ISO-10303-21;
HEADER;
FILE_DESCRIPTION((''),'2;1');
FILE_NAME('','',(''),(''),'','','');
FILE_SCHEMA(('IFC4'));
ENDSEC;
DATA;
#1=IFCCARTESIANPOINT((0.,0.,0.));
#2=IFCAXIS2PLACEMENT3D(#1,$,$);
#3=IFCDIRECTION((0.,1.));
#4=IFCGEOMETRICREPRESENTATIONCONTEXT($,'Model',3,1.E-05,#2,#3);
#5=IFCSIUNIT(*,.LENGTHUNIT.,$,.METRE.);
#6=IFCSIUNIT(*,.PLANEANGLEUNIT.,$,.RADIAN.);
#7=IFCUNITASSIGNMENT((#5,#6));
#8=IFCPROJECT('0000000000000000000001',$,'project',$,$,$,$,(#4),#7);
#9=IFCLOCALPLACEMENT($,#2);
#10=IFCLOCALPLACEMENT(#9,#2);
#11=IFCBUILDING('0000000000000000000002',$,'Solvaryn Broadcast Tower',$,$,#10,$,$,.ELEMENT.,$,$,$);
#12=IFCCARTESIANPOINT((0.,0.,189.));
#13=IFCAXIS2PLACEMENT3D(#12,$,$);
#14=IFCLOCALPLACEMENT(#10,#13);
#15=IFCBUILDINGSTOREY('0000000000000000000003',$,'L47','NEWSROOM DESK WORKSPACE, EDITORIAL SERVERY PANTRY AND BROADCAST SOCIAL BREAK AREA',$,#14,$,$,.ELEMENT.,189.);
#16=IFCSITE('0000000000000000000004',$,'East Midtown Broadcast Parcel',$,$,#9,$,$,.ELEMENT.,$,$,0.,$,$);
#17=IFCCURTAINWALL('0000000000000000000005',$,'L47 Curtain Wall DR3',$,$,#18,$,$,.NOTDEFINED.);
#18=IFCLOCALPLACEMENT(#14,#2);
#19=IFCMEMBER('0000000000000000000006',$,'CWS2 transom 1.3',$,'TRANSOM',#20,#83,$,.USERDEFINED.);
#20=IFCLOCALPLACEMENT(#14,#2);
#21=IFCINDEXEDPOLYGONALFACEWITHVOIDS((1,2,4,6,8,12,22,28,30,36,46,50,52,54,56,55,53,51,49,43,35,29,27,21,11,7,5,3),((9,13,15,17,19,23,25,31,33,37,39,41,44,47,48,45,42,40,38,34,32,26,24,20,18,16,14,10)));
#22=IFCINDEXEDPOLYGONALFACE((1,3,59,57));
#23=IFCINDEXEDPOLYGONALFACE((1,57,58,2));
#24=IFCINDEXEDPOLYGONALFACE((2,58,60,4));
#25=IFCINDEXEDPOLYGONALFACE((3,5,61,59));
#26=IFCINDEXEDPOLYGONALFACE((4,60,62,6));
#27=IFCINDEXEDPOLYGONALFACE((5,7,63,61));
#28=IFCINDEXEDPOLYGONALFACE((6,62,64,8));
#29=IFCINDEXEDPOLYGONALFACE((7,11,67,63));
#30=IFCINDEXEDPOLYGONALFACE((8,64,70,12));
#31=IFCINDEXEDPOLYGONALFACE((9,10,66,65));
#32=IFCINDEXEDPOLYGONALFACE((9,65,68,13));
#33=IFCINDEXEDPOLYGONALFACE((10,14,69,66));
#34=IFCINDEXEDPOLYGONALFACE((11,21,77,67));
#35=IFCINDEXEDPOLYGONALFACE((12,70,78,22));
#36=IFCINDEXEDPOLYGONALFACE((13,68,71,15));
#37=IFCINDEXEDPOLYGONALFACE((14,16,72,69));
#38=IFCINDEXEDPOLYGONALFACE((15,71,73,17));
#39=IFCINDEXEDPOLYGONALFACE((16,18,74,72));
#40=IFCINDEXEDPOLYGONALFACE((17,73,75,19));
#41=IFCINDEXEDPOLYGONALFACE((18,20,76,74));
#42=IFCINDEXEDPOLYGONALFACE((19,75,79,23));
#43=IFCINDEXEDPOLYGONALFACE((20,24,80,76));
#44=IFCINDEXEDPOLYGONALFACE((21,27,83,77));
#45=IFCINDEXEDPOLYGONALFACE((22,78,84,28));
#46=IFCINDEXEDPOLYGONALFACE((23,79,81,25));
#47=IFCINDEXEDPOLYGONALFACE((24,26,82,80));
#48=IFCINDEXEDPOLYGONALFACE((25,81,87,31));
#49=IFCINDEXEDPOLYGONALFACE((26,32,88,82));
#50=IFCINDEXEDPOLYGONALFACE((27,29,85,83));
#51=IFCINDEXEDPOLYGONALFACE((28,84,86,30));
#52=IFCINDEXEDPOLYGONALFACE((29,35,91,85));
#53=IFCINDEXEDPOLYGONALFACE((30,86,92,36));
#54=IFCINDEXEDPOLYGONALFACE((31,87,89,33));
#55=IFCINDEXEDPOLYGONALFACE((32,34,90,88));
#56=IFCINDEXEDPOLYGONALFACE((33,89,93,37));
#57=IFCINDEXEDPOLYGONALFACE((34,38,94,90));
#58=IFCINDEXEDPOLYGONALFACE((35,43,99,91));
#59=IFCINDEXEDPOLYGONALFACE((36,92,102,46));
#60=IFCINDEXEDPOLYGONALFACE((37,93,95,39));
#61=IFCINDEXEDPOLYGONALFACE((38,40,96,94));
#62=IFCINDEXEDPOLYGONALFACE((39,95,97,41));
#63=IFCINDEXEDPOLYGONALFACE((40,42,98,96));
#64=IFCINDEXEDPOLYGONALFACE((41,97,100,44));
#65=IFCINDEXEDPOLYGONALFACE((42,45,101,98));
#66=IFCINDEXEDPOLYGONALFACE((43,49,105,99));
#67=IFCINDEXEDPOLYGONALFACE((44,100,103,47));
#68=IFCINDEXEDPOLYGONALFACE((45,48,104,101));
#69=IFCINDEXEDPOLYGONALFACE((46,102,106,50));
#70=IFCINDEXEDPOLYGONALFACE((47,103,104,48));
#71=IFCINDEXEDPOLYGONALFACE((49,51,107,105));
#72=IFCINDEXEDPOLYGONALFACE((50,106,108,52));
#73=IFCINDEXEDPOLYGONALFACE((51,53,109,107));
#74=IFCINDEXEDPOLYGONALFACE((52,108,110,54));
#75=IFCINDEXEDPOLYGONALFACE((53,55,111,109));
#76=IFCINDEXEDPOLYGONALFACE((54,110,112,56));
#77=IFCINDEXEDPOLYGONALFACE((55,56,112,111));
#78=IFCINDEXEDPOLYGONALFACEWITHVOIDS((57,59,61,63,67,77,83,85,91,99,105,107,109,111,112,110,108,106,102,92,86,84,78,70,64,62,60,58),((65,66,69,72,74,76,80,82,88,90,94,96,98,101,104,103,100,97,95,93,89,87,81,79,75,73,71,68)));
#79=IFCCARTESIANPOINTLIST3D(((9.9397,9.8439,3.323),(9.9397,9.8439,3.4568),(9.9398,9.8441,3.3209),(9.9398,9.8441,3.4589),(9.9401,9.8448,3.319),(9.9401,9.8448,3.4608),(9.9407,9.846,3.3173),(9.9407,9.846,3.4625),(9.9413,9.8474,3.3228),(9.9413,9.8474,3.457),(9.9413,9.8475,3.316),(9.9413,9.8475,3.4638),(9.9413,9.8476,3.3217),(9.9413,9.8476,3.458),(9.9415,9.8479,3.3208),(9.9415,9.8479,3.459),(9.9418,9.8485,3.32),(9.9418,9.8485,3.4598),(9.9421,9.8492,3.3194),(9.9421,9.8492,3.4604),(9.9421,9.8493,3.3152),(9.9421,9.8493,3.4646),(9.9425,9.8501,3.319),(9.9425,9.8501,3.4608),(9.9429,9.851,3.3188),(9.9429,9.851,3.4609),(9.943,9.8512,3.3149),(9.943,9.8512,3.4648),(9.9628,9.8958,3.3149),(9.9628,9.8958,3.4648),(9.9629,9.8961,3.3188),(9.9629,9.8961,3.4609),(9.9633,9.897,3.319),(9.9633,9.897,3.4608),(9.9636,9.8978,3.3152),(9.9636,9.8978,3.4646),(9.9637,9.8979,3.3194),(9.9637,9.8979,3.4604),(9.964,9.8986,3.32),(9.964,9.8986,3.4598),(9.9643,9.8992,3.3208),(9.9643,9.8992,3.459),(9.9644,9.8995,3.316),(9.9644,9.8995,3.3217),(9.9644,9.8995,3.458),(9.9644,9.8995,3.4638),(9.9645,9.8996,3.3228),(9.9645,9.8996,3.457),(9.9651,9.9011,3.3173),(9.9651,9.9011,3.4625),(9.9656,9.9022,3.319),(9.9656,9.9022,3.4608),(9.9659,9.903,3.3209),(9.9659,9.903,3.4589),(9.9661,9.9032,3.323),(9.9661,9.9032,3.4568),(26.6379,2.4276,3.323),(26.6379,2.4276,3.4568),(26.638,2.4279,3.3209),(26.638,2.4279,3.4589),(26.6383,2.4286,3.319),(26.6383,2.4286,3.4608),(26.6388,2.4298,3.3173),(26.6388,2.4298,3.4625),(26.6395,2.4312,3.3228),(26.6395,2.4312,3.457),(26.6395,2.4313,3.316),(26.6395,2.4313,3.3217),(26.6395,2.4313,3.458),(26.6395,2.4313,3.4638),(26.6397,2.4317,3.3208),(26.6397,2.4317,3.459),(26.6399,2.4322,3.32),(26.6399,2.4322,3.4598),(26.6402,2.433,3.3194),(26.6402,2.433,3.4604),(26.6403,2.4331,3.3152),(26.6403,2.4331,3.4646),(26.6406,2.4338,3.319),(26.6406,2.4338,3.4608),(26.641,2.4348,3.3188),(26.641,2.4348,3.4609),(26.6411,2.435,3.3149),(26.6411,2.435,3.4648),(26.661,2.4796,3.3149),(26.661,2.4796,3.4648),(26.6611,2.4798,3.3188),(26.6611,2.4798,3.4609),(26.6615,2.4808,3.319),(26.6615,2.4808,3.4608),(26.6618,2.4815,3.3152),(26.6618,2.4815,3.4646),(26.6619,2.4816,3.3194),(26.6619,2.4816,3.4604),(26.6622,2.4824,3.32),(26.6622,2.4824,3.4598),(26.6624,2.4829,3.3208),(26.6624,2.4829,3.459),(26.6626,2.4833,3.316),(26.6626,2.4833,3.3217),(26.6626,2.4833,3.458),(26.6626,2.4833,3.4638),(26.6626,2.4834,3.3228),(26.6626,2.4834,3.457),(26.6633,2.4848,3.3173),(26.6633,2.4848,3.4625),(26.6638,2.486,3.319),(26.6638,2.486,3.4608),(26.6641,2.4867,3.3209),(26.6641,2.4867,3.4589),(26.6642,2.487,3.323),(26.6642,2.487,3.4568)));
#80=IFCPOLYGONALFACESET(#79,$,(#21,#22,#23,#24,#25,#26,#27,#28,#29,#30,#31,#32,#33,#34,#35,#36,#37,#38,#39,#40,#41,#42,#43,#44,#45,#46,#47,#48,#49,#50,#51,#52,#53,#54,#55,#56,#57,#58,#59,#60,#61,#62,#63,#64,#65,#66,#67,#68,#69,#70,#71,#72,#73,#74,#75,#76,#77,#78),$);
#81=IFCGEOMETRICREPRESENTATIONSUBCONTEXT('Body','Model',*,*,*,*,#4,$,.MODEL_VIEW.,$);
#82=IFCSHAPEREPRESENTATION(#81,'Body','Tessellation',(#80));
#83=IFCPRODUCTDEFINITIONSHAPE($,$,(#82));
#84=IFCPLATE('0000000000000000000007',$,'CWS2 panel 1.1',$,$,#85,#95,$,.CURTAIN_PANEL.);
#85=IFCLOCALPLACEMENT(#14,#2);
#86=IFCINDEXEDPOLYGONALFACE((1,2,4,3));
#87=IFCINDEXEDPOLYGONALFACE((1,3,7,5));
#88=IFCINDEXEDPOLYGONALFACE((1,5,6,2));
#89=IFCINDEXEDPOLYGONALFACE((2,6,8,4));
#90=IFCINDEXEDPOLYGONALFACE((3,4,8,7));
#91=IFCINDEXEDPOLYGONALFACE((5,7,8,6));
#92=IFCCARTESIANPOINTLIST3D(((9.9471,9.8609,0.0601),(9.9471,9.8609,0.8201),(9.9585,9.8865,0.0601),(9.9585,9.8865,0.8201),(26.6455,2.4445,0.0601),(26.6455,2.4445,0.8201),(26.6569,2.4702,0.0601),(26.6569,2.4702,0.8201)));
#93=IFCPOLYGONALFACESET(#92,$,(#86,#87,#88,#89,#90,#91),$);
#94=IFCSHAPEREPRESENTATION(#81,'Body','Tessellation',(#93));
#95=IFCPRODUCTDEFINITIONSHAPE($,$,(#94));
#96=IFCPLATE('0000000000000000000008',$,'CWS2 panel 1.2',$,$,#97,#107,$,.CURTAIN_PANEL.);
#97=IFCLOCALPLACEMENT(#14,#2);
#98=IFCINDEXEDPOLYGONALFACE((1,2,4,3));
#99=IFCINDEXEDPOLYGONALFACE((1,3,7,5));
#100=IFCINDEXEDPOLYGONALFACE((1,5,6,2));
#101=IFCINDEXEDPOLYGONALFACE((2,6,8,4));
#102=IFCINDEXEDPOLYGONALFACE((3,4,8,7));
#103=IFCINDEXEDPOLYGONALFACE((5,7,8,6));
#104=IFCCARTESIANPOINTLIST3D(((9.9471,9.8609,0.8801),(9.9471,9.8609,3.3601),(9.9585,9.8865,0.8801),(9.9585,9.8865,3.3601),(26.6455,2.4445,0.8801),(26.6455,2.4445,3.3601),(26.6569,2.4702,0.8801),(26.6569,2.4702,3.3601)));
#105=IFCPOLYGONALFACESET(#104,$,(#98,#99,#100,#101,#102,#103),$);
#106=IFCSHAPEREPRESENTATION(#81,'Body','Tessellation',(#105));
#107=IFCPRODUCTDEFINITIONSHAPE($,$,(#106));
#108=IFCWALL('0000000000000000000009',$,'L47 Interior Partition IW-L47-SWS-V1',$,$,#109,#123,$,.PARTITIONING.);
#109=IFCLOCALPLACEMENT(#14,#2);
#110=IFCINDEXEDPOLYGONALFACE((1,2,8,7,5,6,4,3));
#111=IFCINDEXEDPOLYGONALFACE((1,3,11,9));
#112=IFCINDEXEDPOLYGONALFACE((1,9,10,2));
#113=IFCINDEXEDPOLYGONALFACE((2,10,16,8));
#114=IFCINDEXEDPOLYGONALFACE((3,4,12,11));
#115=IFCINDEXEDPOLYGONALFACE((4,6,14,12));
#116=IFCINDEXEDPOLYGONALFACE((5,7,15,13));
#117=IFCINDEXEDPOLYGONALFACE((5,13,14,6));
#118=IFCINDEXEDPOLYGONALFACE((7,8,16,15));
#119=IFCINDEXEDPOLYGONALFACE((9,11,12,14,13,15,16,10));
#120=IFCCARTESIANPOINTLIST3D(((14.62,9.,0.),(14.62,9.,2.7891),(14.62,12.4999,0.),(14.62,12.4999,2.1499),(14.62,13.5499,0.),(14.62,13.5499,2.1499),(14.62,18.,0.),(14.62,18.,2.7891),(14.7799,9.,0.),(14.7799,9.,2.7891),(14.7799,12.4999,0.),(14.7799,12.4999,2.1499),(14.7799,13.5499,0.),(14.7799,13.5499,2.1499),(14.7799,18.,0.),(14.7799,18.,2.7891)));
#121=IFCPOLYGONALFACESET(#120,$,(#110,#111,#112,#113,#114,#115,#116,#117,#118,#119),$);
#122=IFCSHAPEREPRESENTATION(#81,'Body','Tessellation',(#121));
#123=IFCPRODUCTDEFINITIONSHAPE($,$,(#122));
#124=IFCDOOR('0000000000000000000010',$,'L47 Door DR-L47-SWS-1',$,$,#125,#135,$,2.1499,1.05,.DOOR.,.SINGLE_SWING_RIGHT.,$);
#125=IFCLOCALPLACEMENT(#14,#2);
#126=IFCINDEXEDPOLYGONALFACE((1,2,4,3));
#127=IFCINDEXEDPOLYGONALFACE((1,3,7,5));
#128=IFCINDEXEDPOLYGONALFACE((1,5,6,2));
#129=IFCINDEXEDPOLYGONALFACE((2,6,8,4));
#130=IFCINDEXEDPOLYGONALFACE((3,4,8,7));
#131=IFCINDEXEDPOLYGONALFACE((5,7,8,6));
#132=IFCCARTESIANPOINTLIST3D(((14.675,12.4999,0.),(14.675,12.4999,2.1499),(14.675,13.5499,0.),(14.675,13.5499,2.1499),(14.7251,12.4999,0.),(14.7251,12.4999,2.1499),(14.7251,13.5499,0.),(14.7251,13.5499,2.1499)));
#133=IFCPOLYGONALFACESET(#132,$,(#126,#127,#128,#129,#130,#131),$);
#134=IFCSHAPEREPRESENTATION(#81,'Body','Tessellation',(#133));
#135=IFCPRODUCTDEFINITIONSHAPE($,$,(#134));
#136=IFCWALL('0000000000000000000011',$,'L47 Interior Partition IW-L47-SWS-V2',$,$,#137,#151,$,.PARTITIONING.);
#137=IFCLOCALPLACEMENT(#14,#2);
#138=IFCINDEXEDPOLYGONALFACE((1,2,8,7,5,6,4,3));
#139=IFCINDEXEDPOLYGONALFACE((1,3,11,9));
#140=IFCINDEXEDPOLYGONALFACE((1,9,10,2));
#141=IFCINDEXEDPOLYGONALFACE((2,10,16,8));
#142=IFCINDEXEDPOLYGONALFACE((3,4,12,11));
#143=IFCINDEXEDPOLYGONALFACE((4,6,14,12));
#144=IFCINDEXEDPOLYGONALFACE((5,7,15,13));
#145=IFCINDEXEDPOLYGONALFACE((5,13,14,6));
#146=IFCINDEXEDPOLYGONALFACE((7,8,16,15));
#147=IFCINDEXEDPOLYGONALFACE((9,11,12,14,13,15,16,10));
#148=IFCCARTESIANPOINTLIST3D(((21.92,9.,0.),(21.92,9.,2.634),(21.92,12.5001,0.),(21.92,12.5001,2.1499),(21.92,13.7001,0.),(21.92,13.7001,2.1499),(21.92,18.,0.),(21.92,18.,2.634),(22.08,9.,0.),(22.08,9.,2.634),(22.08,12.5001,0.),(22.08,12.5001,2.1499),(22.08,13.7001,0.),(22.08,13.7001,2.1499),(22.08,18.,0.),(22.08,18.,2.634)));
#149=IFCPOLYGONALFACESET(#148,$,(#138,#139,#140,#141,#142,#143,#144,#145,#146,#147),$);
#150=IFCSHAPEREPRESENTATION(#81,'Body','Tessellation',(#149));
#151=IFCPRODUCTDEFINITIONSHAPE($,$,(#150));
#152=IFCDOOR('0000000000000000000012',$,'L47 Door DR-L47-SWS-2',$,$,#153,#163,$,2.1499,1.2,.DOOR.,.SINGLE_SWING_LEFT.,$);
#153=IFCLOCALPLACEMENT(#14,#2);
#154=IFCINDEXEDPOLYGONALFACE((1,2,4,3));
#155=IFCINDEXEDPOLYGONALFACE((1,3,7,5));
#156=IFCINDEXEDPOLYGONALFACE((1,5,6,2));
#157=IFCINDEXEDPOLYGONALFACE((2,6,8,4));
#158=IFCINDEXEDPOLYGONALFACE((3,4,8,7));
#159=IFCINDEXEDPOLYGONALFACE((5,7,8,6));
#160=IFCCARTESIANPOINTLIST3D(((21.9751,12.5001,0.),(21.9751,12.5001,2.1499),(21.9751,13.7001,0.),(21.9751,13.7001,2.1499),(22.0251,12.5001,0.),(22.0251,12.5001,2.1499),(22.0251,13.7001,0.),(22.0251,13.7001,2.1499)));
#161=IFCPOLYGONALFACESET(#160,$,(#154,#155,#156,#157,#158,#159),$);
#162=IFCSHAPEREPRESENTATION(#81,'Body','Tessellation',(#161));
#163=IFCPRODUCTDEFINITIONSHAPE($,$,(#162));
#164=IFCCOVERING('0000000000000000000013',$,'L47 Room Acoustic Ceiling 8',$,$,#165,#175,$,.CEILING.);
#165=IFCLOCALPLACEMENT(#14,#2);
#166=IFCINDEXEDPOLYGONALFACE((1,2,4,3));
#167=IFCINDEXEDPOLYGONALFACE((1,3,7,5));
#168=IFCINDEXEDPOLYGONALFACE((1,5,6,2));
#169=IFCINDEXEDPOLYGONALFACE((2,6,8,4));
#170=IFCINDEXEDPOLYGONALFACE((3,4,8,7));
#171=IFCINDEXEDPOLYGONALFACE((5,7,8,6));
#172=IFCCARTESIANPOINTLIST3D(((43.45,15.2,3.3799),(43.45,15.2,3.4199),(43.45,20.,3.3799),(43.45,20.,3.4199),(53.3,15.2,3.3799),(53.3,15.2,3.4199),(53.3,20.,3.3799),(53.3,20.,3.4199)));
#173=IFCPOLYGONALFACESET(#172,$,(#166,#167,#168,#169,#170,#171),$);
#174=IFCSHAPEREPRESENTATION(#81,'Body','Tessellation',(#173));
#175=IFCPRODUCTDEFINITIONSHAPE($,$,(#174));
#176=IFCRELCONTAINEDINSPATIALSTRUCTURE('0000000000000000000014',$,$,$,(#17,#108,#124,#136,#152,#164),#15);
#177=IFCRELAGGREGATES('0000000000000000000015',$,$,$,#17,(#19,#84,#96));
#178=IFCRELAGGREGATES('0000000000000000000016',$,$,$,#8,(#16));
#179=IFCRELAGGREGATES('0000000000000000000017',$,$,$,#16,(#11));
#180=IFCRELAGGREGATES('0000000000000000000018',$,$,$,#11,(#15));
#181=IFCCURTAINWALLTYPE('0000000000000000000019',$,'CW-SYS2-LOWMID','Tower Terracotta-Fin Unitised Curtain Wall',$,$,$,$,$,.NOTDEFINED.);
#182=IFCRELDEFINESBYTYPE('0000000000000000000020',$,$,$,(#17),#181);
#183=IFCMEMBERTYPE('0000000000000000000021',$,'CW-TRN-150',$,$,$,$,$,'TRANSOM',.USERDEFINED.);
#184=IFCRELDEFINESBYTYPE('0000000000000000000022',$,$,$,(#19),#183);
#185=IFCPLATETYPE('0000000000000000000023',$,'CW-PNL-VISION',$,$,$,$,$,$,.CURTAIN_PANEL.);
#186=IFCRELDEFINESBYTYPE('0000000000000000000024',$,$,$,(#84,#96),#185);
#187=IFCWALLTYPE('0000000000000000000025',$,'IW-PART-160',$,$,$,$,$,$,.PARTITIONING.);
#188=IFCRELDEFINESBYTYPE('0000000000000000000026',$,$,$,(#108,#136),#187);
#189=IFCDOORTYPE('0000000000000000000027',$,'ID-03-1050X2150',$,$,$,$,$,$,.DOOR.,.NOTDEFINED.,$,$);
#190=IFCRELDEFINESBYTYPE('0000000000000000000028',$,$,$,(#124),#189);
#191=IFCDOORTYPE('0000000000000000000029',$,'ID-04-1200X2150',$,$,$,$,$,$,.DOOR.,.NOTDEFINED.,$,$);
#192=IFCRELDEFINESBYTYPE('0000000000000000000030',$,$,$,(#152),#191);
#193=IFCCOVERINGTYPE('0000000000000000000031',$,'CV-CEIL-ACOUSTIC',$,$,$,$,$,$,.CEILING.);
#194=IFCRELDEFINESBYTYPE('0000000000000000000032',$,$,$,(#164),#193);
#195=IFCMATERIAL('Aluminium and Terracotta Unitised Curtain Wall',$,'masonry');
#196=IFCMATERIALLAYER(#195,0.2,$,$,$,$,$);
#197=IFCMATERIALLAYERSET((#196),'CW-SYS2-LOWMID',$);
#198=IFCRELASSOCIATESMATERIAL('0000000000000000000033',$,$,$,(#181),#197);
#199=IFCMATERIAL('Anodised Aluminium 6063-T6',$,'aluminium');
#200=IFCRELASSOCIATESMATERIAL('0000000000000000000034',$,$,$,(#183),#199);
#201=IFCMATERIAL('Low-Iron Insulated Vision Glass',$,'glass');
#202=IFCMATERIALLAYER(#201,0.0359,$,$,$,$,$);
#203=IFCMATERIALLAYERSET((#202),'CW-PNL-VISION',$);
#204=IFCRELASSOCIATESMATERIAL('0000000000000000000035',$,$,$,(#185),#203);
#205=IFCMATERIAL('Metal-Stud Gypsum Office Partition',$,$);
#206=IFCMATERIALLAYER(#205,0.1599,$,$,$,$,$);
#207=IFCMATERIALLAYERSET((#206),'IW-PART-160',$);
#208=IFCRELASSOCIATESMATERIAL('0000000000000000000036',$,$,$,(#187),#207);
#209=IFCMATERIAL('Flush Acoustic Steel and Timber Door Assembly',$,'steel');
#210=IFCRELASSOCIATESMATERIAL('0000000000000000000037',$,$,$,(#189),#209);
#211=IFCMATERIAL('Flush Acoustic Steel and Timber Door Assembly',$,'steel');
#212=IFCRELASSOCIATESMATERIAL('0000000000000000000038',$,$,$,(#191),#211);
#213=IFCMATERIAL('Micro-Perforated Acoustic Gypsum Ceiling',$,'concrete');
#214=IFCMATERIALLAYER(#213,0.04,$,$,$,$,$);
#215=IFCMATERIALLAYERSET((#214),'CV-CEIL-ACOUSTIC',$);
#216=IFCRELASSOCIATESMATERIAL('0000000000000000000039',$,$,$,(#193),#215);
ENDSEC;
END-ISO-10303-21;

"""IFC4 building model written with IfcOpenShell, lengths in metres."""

from ifc_helpers import new_model, si_unit, direction, frame, frame_2d, origin, origin_2d, place, context, subcontext, project, spatial, polyline, rectangle, hollow_rectangle, outline, extrude, material, layer, layer_set, material_profile, profile_set, type_object, element, fill, aggregate, save


model = new_model("IFC4")

# Units and contexts
model_context = context("Model", 3, precision=1e-05, world=origin(), true_north=direction((0.0, 1.0)))
body_context = subcontext(model_context, "Body", "Model", "MODEL_VIEW")
ifc_project = project(units=[si_unit("LENGTHUNIT", "METRE"), si_unit("PLANEANGLEUNIT", "RADIAN")], contexts=[model_context])

# Site, building, storey
site_placement = place(None, origin())
site = spatial("IfcSite", under=ifc_project, at=site_placement, Name="East Midtown Broadcast Parcel", CompositionType="ELEMENT", RefElevation=0.0)
building_placement = place(site_placement, origin())
building = spatial("IfcBuilding", under=site, at=building_placement, Name="Solvaryn Broadcast Tower", CompositionType="ELEMENT")
storey_placement = place(building_placement, frame((0.0, 0.0, 189.0)))
storey = spatial("IfcBuildingStorey", under=building, at=storey_placement, Name="L47", Description="NEWSROOM DESK WORKSPACE, EDITORIAL SERVERY PANTRY AND BROADCAST SOCIAL BREAK AREA", CompositionType="ELEMENT", Elevation=189.0)

# Shared definitions
ifc_material_1 = material(Name="Aluminium and Terracotta Unitised Curtain Wall", Category="masonry")
ifc_layer_1 = layer(ifc_material_1, 0.2)
ifc_layer_set_1 = layer_set([ifc_layer_1], Name="CW-SYS2-LOWMID")
curtain_wall_type = type_object("IfcCurtainWallType", Name="CW-SYS2-LOWMID", Description="Tower Terracotta-Fin Unitised Curtain Wall", PredefinedType="NOTDEFINED", material=ifc_layer_set_1)

# Curtain wall, member, plates
curtain_wall_1_placement = place(storey_placement, origin())
curtain_wall_1 = element("IfcCurtainWall", 1, at=curtain_wall_1_placement, inside=storey, type_object=curtain_wall_type, Name="L47 Curtain Wall DR3", PredefinedType="NOTDEFINED")
ifc_material_2 = material(Name="Anodised Aluminium 6063-T6", Category="aluminium")
ifc_material_profile_1 = material_profile(ifc_material_2, hollow_rectangle(XDim=0.0649, YDim=0.1499, WallThickness=0.0039, InnerFilletRadius=0.0039, OuterFilletRadius=0.0081, at=origin_2d()))
ifc_profile_set_1 = profile_set([ifc_material_profile_1], Name="Anodised Aluminium 6063-T6")
member_type_1 = type_object("IfcMemberType", Name="CW-TRN-150", ElementType="TRANSOM", PredefinedType="USERDEFINED", material=ifc_profile_set_1)
member_1_placement = place(storey_placement, frame((9.9529, 9.8735, 3.3899), z_axis=(0.913917, -0.405902, 0.0), x_axis=(0.405902, 0.913917, 0.0)))
member_1 = element("IfcMember", 2, at=member_1_placement, type_object=member_type_1, Name="CWS2 transom 1.3", ObjectType="TRANSOM", PredefinedType="USERDEFINED", context=body_context, shape_type="SweptSolid", body=[
    extrude(hollow_rectangle(XDim=0.0649, YDim=0.1499, WallThickness=0.0039, InnerFilletRadius=0.0039, OuterFilletRadius=0.0081, at=origin_2d()), origin(), (0.0, 0.0, 1.0), 18.271),
])
ifc_material_3 = material(Name="Low-Iron Insulated Vision Glass", Category="glass")
ifc_layer_2 = layer(ifc_material_3, 0.0359)
ifc_layer_set_2 = layer_set([ifc_layer_2], Name="CW-PNL-VISION")
plate_type = type_object("IfcPlateType", Name="CW-PNL-VISION", PredefinedType="CURTAIN_PANEL", material=ifc_layer_set_2)
plate_1_placement = place(storey_placement, frame((18.302, 6.1655, 0.0601), z_axis=(0.0, 0.0, 1.0), x_axis=(0.913917, -0.405901, 0.0)))
plate_1 = element("IfcPlate", 3, at=plate_1_placement, type_object=plate_type, Name="CWS2 panel 1.1", PredefinedType="CURTAIN_PANEL", context=body_context, shape_type="SweptSolid", body=[
    extrude(rectangle(XDim=18.2712, YDim=0.0281, at=origin_2d()), origin(), (0.0, 0.0, 1.0), 0.76),
])
plate_2_placement = place(storey_placement, frame((18.302, 6.1655, 0.8801), z_axis=(0.0, 0.0, 1.0), x_axis=(0.913917, -0.405901, 0.0)))
plate_2 = element("IfcPlate", 4, at=plate_2_placement, type_object=plate_type, Name="CWS2 panel 1.2", PredefinedType="CURTAIN_PANEL", context=body_context, shape_type="SweptSolid", body=[
    extrude(rectangle(XDim=18.2712, YDim=0.0281, at=origin_2d()), origin(), (0.0, 0.0, 1.0), 2.48),
])
aggregate(curtain_wall_1, [member_1, plate_1, plate_2])

# Walls, openings, doors
ifc_material_4 = material(Name="Metal-Stud Gypsum Office Partition")
ifc_layer_3 = layer(ifc_material_4, 0.1599)
ifc_layer_set_3 = layer_set([ifc_layer_3], Name="IW-PART-160")
wall_type = type_object("IfcWallType", Name="IW-PART-160", PredefinedType="PARTITIONING", material=ifc_layer_set_3)
wall_1_placement = place(storey_placement, frame((14.7, 9.0, 0.0), z_axis=(0.0, 0.0, 1.0), x_axis=(0.0, 1.0, 0.0)))
wall_1 = element("IfcWall", 5, at=wall_1_placement, inside=storey, type_object=wall_type, Name="L47 Interior Partition IW-L47-SWS-V1", PredefinedType="PARTITIONING", context=body_context, shape_type="SweptSolid", body=[
    extrude(rectangle(XDim=9.0, YDim=0.1599, at=frame_2d((4.5, 0.0))), origin(), (0.0, 0.0, 1.0), 2.7891),
])
opening_1_placement = place(wall_1_placement, frame((3.5, 0.0, 0.0)))
opening_1 = element("IfcOpeningElement", 6, at=opening_1_placement, cuts=wall_1, PredefinedType="OPENING", context=body_context, shape_type="SweptSolid", body=[
    extrude(rectangle(XDim=1.05, YDim=2.1499, at=frame_2d((0.5249, 1.075))), frame((0.0, 0.0901, 0.0), z_axis=(0.0, -1.0, 0.0), x_axis=(1.0, 0.0, 0.0)), (0.0, 0.0, 1.0), 0.1799),
])
ifc_material_5 = material(Name="Flush Acoustic Steel and Timber Door Assembly", Category="steel")
door_type_1 = type_object("IfcDoorType", Name="ID-03-1050X2150", OperationType="NOTDEFINED", PredefinedType="DOOR", material=ifc_material_5)
door_1_placement = place(opening_1_placement, origin())
door_1 = element("IfcDoor", 7, at=door_1_placement, inside=storey, type_object=door_type_1, Name="L47 Door DR-L47-SWS-1", OperationType="SINGLE_SWING_RIGHT", OverallHeight=2.1499, OverallWidth=1.05, PredefinedType="DOOR", context=body_context, shape_type="SweptSolid", body=[
    extrude(rectangle(XDim=1.05, YDim=2.1499, at=frame_2d((0.5249, 1.075))), frame((0.0, 0.0249, 0.0), z_axis=(0.0, -1.0, 0.0), x_axis=(1.0, 0.0, 0.0)), (0.0, 0.0, 1.0), 0.05),
])
fill(opening_1, door_1)
wall_2_placement = place(storey_placement, frame((22.0, 9.0, 0.0), z_axis=(0.0, 0.0, 1.0), x_axis=(0.0, 1.0, 0.0)))
wall_2 = element("IfcWall", 8, at=wall_2_placement, inside=storey, type_object=wall_type, Name="L47 Interior Partition IW-L47-SWS-V2", PredefinedType="PARTITIONING", context=body_context, shape_type="SweptSolid", body=[
    extrude(rectangle(XDim=9.0, YDim=0.1599, at=frame_2d((4.5, 0.0))), origin(), (0.0, 0.0, 1.0), 2.634),
])
opening_2_placement = place(wall_2_placement, frame((3.5, 0.0, 0.0)))
opening_2 = element("IfcOpeningElement", 9, at=opening_2_placement, cuts=wall_2, PredefinedType="OPENING", context=body_context, shape_type="SweptSolid", body=[
    extrude(rectangle(XDim=1.2, YDim=2.1499, at=frame_2d((0.6001, 1.075))), frame((0.0, 0.0901, 0.0), z_axis=(0.0, -1.0, 0.0), x_axis=(1.0, 0.0, 0.0)), (0.0, 0.0, 1.0), 0.1799),
])
ifc_material_6 = material(Name="Flush Acoustic Steel and Timber Door Assembly", Category="steel")
door_type_2 = type_object("IfcDoorType", Name="ID-04-1200X2150", OperationType="NOTDEFINED", PredefinedType="DOOR", material=ifc_material_6)
door_2_placement = place(opening_2_placement, origin())
door_2 = element("IfcDoor", 10, at=door_2_placement, inside=storey, type_object=door_type_2, Name="L47 Door DR-L47-SWS-2", OperationType="SINGLE_SWING_LEFT", OverallHeight=2.1499, OverallWidth=1.2, PredefinedType="DOOR", context=body_context, shape_type="SweptSolid", body=[
    extrude(rectangle(XDim=1.2, YDim=2.1499, at=frame_2d((0.6001, 1.075))), frame((0.0, 0.0249, 0.0), z_axis=(0.0, -1.0, 0.0), x_axis=(1.0, 0.0, 0.0)), (0.0, 0.0, 1.0), 0.05),
])
fill(opening_2, door_2)

# Covering
ifc_material_7 = material(Name="Micro-Perforated Acoustic Gypsum Ceiling", Category="concrete")
ifc_layer_4 = layer(ifc_material_7, 0.04)
ifc_layer_set_4 = layer_set([ifc_layer_4], Name="CV-CEIL-ACOUSTIC")
covering_type_1 = type_object("IfcCoveringType", Name="CV-CEIL-ACOUSTIC", PredefinedType="CEILING", material=ifc_layer_set_4)
covering_1_placement = place(storey_placement, frame((0.0, 0.0, 3.3799)))
element("IfcCovering", 11, at=covering_1_placement, inside=storey, type_object=covering_type_1, Name="L47 Room Acoustic Ceiling 8", PredefinedType="CEILING", context=body_context, shape_type="SweptSolid", body=[
    extrude(outline(polyline([(43.45, 15.2), (53.3, 15.2), (53.3, 20.0), (43.45, 20.0), (43.45, 15.2)])), origin(), (0.0, 0.0, 1.0), 0.04),
])

save(model, "model.ifc")
